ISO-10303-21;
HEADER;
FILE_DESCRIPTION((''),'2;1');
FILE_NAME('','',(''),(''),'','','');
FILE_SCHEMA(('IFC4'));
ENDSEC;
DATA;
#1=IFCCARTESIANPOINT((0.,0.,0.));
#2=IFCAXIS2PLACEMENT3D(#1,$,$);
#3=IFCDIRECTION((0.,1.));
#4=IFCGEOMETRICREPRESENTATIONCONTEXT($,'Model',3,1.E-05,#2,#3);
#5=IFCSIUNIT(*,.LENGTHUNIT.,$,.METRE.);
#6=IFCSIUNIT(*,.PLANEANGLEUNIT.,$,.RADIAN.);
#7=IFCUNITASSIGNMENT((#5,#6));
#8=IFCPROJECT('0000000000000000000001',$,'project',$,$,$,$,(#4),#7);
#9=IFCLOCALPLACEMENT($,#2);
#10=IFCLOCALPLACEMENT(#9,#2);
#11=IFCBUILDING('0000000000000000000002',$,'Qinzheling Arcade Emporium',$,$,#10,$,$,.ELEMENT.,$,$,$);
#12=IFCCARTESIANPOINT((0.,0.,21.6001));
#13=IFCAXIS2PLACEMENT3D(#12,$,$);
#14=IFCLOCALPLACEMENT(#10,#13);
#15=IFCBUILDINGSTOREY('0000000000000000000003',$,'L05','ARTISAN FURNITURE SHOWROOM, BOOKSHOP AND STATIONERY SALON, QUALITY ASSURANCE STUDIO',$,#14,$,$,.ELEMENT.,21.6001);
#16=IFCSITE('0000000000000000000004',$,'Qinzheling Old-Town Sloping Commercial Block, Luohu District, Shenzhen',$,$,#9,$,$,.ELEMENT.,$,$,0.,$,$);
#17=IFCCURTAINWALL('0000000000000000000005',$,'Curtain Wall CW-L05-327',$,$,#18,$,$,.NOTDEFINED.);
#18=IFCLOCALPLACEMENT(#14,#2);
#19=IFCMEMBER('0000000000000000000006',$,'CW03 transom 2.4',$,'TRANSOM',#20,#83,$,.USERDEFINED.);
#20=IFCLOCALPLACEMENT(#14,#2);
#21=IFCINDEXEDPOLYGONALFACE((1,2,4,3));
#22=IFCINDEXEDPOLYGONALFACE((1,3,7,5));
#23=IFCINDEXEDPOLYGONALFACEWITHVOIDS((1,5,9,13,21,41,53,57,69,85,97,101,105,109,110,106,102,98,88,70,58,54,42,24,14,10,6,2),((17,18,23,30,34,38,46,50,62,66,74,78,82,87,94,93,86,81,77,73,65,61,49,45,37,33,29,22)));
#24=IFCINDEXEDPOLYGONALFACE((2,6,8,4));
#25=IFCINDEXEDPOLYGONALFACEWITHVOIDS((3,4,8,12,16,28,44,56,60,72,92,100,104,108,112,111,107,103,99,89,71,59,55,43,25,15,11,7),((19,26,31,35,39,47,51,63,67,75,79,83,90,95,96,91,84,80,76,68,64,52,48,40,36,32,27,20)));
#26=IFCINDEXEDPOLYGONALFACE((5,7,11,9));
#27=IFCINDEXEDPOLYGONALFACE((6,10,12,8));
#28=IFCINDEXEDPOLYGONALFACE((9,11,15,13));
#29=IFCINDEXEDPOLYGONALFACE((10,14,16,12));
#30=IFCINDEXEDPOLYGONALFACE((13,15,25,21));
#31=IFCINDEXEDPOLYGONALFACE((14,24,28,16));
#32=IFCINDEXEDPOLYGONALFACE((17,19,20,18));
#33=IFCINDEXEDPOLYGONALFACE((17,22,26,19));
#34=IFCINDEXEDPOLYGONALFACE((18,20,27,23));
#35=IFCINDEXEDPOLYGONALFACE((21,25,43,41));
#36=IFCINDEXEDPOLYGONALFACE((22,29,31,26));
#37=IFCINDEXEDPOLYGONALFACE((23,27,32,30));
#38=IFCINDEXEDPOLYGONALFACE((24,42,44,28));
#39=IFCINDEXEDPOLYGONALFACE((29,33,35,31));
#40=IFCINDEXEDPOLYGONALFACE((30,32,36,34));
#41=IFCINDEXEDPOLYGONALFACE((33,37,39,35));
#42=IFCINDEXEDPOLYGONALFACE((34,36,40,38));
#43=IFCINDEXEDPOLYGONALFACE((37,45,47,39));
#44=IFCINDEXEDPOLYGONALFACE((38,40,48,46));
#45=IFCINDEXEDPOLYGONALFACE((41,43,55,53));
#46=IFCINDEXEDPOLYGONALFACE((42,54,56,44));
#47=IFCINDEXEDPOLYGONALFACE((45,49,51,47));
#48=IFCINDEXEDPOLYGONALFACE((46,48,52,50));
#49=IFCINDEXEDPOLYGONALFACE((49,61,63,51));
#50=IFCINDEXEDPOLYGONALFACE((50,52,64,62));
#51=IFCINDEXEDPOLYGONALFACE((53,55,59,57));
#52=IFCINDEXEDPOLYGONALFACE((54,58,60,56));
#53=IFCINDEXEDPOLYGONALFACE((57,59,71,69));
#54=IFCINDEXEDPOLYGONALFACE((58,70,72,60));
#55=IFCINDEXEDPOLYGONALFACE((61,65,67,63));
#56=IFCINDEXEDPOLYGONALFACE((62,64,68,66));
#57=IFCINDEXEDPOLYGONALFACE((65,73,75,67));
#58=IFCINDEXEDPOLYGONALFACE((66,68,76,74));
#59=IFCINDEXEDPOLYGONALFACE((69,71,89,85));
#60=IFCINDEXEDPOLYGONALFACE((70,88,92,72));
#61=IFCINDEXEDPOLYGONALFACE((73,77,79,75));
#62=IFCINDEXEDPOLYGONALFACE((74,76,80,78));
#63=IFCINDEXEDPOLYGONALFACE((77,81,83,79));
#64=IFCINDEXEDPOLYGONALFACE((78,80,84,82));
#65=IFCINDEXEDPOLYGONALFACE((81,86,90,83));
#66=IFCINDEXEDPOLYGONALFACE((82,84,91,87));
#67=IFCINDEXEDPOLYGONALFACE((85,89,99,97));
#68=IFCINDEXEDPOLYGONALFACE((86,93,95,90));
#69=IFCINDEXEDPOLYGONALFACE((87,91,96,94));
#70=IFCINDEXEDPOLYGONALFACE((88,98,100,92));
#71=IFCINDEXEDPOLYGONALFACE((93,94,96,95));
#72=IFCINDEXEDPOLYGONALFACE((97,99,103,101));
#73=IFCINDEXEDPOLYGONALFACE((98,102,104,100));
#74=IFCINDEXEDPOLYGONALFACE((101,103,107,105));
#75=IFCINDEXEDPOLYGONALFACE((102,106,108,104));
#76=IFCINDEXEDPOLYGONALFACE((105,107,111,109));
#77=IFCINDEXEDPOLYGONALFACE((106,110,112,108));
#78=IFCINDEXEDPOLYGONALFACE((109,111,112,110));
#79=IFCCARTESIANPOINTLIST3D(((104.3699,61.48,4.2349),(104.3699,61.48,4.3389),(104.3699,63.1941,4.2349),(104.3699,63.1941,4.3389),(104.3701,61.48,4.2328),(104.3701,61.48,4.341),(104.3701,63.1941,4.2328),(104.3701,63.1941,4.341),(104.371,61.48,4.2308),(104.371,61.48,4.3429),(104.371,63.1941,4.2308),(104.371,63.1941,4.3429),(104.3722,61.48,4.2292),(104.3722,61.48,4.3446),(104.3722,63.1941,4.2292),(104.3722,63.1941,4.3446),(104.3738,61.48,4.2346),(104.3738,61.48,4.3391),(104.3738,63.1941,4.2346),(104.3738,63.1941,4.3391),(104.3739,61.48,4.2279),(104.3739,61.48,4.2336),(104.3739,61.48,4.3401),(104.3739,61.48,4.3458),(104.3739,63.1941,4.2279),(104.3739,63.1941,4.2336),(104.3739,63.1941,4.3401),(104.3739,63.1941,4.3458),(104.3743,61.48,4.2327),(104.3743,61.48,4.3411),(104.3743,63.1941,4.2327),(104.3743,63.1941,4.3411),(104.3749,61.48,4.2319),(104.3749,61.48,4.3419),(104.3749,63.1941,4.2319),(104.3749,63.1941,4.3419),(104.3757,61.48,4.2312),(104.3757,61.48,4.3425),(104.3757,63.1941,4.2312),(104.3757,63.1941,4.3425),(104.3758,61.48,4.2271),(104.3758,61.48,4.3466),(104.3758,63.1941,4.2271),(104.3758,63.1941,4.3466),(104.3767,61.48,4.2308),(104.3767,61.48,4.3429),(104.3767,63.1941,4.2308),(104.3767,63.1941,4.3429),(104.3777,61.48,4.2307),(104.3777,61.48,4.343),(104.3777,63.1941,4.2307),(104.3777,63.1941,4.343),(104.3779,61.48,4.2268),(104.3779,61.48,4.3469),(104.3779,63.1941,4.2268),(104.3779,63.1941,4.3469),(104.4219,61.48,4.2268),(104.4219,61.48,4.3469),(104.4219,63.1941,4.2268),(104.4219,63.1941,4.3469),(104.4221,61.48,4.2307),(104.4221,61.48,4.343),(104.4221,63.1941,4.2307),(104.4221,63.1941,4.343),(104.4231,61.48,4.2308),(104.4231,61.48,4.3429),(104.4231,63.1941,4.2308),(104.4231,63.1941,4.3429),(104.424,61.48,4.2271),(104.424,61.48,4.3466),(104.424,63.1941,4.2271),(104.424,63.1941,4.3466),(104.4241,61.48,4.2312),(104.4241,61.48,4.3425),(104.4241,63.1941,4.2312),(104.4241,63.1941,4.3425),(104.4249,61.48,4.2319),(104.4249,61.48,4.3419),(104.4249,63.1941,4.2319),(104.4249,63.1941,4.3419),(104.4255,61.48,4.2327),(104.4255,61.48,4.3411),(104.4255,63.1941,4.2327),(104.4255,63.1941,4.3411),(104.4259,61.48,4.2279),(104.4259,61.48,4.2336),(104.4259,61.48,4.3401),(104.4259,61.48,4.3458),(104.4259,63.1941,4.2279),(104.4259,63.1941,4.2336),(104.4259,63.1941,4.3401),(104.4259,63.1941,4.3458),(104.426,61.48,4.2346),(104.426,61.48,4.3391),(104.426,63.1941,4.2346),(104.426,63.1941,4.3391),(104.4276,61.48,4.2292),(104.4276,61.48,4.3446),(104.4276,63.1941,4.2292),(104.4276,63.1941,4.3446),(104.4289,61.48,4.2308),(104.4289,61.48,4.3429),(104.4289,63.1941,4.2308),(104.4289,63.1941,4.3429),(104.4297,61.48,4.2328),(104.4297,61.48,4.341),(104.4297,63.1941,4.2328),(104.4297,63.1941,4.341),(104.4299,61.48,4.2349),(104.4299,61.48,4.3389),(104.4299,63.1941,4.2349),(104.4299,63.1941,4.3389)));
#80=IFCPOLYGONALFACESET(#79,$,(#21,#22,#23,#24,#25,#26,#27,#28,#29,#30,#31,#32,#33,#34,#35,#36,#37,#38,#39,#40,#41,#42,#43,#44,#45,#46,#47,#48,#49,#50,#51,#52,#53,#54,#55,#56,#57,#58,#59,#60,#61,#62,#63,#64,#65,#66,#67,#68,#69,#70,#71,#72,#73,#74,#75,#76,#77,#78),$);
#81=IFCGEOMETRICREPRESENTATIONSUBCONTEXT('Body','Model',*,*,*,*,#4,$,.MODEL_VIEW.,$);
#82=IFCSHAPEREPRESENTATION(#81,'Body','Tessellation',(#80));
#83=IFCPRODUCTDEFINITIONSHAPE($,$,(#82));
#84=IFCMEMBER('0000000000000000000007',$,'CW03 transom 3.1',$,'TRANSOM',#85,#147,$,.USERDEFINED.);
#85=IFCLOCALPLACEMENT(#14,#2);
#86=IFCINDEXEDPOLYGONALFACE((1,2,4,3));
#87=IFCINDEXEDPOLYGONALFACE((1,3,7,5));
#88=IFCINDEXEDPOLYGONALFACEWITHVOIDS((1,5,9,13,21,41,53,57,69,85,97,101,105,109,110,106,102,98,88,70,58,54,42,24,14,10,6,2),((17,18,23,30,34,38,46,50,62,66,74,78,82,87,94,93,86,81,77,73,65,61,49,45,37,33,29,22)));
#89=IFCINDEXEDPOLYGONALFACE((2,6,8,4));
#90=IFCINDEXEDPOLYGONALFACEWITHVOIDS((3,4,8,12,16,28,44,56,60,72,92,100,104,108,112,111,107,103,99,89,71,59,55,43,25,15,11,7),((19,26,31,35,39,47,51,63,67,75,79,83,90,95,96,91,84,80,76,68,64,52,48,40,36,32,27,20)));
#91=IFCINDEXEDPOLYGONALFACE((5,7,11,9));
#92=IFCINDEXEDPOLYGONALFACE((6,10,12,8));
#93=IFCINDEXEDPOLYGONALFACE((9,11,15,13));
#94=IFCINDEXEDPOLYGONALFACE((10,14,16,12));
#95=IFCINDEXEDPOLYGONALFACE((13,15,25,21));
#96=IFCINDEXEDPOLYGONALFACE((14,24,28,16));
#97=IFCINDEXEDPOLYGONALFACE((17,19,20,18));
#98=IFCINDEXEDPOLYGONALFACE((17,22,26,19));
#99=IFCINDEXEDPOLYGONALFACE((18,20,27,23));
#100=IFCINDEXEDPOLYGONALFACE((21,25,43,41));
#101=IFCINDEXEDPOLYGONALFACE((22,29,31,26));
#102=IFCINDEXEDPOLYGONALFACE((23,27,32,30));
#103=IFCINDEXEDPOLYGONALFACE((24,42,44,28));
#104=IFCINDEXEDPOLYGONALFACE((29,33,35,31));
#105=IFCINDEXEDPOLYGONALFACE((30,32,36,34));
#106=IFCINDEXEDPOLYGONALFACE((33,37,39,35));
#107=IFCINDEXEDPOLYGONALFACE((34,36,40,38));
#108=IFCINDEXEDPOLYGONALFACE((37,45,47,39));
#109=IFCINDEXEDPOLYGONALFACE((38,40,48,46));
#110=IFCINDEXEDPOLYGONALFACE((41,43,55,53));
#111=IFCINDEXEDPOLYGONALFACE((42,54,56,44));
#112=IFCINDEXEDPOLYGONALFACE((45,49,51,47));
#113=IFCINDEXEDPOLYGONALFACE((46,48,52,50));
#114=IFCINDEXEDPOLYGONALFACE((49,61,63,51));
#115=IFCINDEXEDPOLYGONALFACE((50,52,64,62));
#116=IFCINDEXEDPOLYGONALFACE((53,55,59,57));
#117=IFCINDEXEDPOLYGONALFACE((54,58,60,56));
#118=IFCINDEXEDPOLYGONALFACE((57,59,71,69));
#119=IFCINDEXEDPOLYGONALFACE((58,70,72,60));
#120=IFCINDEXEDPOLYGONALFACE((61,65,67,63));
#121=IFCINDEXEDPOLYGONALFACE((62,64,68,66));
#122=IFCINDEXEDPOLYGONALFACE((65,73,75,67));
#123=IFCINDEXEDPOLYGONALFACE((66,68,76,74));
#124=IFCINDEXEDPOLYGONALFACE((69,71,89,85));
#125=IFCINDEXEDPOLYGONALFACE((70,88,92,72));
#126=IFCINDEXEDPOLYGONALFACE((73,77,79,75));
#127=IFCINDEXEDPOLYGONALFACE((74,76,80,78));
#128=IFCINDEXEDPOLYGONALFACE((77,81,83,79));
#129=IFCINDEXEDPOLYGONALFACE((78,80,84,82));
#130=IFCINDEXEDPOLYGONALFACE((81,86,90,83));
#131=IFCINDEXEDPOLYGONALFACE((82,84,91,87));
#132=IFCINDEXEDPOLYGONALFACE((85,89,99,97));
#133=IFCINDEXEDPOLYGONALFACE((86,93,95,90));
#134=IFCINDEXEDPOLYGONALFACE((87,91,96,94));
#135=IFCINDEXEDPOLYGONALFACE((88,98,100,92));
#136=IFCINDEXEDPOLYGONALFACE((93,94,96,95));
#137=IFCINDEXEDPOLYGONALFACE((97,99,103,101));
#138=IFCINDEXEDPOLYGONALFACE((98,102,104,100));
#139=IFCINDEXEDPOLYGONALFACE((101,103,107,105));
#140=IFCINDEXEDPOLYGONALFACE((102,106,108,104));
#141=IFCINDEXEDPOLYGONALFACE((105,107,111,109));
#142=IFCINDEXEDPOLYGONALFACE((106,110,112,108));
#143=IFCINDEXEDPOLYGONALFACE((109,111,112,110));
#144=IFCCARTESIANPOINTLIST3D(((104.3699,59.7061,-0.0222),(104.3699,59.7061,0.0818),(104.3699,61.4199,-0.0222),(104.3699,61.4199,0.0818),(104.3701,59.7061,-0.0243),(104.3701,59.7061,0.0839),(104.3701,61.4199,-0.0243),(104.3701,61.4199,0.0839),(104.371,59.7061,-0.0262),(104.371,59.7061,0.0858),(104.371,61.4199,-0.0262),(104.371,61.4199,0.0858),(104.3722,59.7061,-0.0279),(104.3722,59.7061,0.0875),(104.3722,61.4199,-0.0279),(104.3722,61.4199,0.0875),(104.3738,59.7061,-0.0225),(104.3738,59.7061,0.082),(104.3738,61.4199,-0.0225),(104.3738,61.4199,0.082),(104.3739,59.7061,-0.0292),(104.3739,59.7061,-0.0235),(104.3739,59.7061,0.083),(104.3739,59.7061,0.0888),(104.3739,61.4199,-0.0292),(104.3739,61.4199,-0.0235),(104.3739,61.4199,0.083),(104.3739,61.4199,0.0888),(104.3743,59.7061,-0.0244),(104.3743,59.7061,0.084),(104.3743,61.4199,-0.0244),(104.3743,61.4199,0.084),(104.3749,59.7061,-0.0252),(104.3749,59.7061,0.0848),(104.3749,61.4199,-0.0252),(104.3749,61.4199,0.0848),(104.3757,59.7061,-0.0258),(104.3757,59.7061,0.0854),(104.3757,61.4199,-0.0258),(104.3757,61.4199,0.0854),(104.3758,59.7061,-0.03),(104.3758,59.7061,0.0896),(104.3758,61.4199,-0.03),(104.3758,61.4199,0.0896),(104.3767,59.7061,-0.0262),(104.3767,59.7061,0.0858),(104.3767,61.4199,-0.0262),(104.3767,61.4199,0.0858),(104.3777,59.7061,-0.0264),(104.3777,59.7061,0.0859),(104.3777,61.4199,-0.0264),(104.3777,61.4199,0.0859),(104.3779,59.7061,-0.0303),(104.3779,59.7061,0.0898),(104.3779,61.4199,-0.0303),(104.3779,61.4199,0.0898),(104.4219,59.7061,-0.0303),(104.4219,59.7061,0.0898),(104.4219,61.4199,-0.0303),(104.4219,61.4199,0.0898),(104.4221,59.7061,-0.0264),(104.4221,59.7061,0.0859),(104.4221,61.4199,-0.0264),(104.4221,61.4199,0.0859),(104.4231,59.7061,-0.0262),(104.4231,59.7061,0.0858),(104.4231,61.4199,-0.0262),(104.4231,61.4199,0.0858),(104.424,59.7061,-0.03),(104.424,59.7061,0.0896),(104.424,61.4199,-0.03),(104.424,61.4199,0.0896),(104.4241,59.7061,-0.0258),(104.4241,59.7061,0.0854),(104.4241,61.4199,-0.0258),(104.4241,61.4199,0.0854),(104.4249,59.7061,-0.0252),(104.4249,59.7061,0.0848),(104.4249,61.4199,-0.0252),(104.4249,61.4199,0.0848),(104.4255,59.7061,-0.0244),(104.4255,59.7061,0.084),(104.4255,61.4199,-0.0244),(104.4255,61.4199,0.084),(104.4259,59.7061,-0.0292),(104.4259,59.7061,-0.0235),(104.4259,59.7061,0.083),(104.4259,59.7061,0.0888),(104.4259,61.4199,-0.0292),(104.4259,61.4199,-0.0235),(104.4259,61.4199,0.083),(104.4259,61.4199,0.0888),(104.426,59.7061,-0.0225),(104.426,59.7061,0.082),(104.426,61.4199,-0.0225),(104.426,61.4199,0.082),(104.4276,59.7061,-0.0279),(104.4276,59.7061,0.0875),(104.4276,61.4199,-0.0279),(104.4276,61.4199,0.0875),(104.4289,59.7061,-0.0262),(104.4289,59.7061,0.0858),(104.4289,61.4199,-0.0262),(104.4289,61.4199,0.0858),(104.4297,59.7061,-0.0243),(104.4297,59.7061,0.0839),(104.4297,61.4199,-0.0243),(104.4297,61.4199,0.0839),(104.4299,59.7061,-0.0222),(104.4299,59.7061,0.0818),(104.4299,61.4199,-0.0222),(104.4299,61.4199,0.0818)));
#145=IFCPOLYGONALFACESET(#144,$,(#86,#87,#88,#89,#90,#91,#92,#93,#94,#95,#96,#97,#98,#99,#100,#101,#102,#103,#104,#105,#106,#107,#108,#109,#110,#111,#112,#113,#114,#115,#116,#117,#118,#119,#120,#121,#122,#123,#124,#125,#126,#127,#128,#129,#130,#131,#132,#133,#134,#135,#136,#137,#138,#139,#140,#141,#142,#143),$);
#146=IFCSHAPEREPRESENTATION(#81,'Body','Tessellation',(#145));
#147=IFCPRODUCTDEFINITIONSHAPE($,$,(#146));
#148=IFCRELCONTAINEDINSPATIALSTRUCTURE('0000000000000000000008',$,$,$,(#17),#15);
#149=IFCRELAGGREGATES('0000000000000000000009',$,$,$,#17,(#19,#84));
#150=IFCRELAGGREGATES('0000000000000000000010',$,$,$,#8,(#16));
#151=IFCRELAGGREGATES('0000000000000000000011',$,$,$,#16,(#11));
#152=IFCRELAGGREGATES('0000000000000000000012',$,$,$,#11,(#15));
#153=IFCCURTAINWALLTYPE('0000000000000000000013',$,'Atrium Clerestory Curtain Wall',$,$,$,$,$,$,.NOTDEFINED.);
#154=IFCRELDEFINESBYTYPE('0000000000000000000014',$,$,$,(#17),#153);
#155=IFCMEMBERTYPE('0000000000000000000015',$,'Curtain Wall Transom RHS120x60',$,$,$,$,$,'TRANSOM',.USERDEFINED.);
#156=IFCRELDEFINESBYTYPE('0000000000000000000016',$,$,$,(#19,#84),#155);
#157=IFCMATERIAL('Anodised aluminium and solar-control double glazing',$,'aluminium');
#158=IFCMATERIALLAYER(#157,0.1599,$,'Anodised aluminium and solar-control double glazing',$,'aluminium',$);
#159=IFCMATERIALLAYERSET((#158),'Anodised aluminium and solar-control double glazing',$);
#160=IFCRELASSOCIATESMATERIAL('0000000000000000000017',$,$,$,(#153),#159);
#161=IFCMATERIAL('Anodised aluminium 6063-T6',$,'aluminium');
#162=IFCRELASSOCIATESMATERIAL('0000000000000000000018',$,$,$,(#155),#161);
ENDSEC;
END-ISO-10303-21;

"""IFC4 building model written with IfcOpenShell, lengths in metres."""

from ifc_helpers import new_model, si_unit, direction, frame, origin, origin_2d, place, context, subcontext, project, spatial, hollow_rectangle, extrude, material, layer, layer_set, material_profile, profile_set, type_object, element, aggregate, save


model = new_model("IFC4")

# Units and contexts
model_context = context("Model", 3, precision=1e-05, world=origin(), true_north=direction((0.0, 1.0)))
body_context = subcontext(model_context, "Body", "Model", "MODEL_VIEW")
ifc_project = project(units=[si_unit("LENGTHUNIT", "METRE"), si_unit("PLANEANGLEUNIT", "RADIAN")], contexts=[model_context])

# Site, building, storey
site_placement = place(None, origin())
site = spatial("IfcSite", under=ifc_project, at=site_placement, Name="Qinzheling Old-Town Sloping Commercial Block, Luohu District, Shenzhen", CompositionType="ELEMENT", RefElevation=0.0)
building_placement = place(site_placement, origin())
building = spatial("IfcBuilding", under=site, at=building_placement, Name="Qinzheling Arcade Emporium", CompositionType="ELEMENT")
storey_placement = place(building_placement, frame((0.0, 0.0, 21.6001)))
storey = spatial("IfcBuildingStorey", under=building, at=storey_placement, Name="L05", Description="ARTISAN FURNITURE SHOWROOM, BOOKSHOP AND STATIONERY SALON, QUALITY ASSURANCE STUDIO", CompositionType="ELEMENT", Elevation=21.6001)

# Curtain wall
ifc_material_1 = material(Name="Anodised aluminium and solar-control double glazing", Category="aluminium")
ifc_layer_1 = layer(ifc_material_1, 0.1599, Name="Anodised aluminium and solar-control double glazing", Category="aluminium")
ifc_layer_set_1 = layer_set([ifc_layer_1], Name="Anodised aluminium and solar-control double glazing")
curtain_wall_type = type_object("IfcCurtainWallType", Name="Atrium Clerestory Curtain Wall", PredefinedType="NOTDEFINED", material=ifc_layer_set_1)
curtain_wall_1_placement = place(storey_placement, origin())
curtain_wall_1 = element("IfcCurtainWall", 1, at=curtain_wall_1_placement, inside=storey, type_object=curtain_wall_type, Name="Curtain Wall CW-L05-327", PredefinedType="NOTDEFINED")
ifc_material_2 = material(Name="Anodised aluminium 6063-T6", Category="aluminium")

# Members
ifc_material_profile_1 = material_profile(ifc_material_2, hollow_rectangle(XDim=0.0601, YDim=0.1201, WallThickness=0.0039, InnerFilletRadius=0.0039, OuterFilletRadius=0.0081, at=origin_2d()), Name="RHS 120x60x4", Category="aluminium")
ifc_profile_set_1 = profile_set([ifc_material_profile_1], Name="Anodised aluminium 6063-T6")
member_type_1 = type_object("IfcMemberType", Name="Curtain Wall Transom RHS120x60", ElementType="TRANSOM", PredefinedType="USERDEFINED", material=ifc_profile_set_1)
member_1_placement = place(storey_placement, frame((104.3999, 63.1941, 4.2869), z_axis=(0.0, -1.0, 0.0), x_axis=(1.0, 0.0, 0.0)))
member_1 = element("IfcMember", 2, at=member_1_placement, type_object=member_type_1, Name="CW03 transom 2.4", ObjectType="TRANSOM", PredefinedType="USERDEFINED", context=body_context, shape_type="SweptSolid", body=[
    extrude(hollow_rectangle(XDim=0.0601, YDim=0.1201, WallThickness=0.0039, InnerFilletRadius=0.0039, OuterFilletRadius=0.0081, at=origin_2d()), origin(), (0.0, 0.0, 1.0), 1.7141),
])
member_2_placement = place(storey_placement, frame((104.3999, 61.4199, 0.0298), z_axis=(0.0, -1.0, 0.0), x_axis=(1.0, 0.0, 0.0)))
member_2 = element("IfcMember", 3, at=member_2_placement, type_object=member_type_1, Name="CW03 transom 3.1", ObjectType="TRANSOM", PredefinedType="USERDEFINED", context=body_context, shape_type="SweptSolid", body=[
    extrude(hollow_rectangle(XDim=0.0601, YDim=0.1201, WallThickness=0.0039, InnerFilletRadius=0.0039, OuterFilletRadius=0.0081, at=origin_2d()), origin(), (0.0, 0.0, 1.0), 1.7139),
])

aggregate(curtain_wall_1, [member_1, member_2])

save(model, "model.ifc")
